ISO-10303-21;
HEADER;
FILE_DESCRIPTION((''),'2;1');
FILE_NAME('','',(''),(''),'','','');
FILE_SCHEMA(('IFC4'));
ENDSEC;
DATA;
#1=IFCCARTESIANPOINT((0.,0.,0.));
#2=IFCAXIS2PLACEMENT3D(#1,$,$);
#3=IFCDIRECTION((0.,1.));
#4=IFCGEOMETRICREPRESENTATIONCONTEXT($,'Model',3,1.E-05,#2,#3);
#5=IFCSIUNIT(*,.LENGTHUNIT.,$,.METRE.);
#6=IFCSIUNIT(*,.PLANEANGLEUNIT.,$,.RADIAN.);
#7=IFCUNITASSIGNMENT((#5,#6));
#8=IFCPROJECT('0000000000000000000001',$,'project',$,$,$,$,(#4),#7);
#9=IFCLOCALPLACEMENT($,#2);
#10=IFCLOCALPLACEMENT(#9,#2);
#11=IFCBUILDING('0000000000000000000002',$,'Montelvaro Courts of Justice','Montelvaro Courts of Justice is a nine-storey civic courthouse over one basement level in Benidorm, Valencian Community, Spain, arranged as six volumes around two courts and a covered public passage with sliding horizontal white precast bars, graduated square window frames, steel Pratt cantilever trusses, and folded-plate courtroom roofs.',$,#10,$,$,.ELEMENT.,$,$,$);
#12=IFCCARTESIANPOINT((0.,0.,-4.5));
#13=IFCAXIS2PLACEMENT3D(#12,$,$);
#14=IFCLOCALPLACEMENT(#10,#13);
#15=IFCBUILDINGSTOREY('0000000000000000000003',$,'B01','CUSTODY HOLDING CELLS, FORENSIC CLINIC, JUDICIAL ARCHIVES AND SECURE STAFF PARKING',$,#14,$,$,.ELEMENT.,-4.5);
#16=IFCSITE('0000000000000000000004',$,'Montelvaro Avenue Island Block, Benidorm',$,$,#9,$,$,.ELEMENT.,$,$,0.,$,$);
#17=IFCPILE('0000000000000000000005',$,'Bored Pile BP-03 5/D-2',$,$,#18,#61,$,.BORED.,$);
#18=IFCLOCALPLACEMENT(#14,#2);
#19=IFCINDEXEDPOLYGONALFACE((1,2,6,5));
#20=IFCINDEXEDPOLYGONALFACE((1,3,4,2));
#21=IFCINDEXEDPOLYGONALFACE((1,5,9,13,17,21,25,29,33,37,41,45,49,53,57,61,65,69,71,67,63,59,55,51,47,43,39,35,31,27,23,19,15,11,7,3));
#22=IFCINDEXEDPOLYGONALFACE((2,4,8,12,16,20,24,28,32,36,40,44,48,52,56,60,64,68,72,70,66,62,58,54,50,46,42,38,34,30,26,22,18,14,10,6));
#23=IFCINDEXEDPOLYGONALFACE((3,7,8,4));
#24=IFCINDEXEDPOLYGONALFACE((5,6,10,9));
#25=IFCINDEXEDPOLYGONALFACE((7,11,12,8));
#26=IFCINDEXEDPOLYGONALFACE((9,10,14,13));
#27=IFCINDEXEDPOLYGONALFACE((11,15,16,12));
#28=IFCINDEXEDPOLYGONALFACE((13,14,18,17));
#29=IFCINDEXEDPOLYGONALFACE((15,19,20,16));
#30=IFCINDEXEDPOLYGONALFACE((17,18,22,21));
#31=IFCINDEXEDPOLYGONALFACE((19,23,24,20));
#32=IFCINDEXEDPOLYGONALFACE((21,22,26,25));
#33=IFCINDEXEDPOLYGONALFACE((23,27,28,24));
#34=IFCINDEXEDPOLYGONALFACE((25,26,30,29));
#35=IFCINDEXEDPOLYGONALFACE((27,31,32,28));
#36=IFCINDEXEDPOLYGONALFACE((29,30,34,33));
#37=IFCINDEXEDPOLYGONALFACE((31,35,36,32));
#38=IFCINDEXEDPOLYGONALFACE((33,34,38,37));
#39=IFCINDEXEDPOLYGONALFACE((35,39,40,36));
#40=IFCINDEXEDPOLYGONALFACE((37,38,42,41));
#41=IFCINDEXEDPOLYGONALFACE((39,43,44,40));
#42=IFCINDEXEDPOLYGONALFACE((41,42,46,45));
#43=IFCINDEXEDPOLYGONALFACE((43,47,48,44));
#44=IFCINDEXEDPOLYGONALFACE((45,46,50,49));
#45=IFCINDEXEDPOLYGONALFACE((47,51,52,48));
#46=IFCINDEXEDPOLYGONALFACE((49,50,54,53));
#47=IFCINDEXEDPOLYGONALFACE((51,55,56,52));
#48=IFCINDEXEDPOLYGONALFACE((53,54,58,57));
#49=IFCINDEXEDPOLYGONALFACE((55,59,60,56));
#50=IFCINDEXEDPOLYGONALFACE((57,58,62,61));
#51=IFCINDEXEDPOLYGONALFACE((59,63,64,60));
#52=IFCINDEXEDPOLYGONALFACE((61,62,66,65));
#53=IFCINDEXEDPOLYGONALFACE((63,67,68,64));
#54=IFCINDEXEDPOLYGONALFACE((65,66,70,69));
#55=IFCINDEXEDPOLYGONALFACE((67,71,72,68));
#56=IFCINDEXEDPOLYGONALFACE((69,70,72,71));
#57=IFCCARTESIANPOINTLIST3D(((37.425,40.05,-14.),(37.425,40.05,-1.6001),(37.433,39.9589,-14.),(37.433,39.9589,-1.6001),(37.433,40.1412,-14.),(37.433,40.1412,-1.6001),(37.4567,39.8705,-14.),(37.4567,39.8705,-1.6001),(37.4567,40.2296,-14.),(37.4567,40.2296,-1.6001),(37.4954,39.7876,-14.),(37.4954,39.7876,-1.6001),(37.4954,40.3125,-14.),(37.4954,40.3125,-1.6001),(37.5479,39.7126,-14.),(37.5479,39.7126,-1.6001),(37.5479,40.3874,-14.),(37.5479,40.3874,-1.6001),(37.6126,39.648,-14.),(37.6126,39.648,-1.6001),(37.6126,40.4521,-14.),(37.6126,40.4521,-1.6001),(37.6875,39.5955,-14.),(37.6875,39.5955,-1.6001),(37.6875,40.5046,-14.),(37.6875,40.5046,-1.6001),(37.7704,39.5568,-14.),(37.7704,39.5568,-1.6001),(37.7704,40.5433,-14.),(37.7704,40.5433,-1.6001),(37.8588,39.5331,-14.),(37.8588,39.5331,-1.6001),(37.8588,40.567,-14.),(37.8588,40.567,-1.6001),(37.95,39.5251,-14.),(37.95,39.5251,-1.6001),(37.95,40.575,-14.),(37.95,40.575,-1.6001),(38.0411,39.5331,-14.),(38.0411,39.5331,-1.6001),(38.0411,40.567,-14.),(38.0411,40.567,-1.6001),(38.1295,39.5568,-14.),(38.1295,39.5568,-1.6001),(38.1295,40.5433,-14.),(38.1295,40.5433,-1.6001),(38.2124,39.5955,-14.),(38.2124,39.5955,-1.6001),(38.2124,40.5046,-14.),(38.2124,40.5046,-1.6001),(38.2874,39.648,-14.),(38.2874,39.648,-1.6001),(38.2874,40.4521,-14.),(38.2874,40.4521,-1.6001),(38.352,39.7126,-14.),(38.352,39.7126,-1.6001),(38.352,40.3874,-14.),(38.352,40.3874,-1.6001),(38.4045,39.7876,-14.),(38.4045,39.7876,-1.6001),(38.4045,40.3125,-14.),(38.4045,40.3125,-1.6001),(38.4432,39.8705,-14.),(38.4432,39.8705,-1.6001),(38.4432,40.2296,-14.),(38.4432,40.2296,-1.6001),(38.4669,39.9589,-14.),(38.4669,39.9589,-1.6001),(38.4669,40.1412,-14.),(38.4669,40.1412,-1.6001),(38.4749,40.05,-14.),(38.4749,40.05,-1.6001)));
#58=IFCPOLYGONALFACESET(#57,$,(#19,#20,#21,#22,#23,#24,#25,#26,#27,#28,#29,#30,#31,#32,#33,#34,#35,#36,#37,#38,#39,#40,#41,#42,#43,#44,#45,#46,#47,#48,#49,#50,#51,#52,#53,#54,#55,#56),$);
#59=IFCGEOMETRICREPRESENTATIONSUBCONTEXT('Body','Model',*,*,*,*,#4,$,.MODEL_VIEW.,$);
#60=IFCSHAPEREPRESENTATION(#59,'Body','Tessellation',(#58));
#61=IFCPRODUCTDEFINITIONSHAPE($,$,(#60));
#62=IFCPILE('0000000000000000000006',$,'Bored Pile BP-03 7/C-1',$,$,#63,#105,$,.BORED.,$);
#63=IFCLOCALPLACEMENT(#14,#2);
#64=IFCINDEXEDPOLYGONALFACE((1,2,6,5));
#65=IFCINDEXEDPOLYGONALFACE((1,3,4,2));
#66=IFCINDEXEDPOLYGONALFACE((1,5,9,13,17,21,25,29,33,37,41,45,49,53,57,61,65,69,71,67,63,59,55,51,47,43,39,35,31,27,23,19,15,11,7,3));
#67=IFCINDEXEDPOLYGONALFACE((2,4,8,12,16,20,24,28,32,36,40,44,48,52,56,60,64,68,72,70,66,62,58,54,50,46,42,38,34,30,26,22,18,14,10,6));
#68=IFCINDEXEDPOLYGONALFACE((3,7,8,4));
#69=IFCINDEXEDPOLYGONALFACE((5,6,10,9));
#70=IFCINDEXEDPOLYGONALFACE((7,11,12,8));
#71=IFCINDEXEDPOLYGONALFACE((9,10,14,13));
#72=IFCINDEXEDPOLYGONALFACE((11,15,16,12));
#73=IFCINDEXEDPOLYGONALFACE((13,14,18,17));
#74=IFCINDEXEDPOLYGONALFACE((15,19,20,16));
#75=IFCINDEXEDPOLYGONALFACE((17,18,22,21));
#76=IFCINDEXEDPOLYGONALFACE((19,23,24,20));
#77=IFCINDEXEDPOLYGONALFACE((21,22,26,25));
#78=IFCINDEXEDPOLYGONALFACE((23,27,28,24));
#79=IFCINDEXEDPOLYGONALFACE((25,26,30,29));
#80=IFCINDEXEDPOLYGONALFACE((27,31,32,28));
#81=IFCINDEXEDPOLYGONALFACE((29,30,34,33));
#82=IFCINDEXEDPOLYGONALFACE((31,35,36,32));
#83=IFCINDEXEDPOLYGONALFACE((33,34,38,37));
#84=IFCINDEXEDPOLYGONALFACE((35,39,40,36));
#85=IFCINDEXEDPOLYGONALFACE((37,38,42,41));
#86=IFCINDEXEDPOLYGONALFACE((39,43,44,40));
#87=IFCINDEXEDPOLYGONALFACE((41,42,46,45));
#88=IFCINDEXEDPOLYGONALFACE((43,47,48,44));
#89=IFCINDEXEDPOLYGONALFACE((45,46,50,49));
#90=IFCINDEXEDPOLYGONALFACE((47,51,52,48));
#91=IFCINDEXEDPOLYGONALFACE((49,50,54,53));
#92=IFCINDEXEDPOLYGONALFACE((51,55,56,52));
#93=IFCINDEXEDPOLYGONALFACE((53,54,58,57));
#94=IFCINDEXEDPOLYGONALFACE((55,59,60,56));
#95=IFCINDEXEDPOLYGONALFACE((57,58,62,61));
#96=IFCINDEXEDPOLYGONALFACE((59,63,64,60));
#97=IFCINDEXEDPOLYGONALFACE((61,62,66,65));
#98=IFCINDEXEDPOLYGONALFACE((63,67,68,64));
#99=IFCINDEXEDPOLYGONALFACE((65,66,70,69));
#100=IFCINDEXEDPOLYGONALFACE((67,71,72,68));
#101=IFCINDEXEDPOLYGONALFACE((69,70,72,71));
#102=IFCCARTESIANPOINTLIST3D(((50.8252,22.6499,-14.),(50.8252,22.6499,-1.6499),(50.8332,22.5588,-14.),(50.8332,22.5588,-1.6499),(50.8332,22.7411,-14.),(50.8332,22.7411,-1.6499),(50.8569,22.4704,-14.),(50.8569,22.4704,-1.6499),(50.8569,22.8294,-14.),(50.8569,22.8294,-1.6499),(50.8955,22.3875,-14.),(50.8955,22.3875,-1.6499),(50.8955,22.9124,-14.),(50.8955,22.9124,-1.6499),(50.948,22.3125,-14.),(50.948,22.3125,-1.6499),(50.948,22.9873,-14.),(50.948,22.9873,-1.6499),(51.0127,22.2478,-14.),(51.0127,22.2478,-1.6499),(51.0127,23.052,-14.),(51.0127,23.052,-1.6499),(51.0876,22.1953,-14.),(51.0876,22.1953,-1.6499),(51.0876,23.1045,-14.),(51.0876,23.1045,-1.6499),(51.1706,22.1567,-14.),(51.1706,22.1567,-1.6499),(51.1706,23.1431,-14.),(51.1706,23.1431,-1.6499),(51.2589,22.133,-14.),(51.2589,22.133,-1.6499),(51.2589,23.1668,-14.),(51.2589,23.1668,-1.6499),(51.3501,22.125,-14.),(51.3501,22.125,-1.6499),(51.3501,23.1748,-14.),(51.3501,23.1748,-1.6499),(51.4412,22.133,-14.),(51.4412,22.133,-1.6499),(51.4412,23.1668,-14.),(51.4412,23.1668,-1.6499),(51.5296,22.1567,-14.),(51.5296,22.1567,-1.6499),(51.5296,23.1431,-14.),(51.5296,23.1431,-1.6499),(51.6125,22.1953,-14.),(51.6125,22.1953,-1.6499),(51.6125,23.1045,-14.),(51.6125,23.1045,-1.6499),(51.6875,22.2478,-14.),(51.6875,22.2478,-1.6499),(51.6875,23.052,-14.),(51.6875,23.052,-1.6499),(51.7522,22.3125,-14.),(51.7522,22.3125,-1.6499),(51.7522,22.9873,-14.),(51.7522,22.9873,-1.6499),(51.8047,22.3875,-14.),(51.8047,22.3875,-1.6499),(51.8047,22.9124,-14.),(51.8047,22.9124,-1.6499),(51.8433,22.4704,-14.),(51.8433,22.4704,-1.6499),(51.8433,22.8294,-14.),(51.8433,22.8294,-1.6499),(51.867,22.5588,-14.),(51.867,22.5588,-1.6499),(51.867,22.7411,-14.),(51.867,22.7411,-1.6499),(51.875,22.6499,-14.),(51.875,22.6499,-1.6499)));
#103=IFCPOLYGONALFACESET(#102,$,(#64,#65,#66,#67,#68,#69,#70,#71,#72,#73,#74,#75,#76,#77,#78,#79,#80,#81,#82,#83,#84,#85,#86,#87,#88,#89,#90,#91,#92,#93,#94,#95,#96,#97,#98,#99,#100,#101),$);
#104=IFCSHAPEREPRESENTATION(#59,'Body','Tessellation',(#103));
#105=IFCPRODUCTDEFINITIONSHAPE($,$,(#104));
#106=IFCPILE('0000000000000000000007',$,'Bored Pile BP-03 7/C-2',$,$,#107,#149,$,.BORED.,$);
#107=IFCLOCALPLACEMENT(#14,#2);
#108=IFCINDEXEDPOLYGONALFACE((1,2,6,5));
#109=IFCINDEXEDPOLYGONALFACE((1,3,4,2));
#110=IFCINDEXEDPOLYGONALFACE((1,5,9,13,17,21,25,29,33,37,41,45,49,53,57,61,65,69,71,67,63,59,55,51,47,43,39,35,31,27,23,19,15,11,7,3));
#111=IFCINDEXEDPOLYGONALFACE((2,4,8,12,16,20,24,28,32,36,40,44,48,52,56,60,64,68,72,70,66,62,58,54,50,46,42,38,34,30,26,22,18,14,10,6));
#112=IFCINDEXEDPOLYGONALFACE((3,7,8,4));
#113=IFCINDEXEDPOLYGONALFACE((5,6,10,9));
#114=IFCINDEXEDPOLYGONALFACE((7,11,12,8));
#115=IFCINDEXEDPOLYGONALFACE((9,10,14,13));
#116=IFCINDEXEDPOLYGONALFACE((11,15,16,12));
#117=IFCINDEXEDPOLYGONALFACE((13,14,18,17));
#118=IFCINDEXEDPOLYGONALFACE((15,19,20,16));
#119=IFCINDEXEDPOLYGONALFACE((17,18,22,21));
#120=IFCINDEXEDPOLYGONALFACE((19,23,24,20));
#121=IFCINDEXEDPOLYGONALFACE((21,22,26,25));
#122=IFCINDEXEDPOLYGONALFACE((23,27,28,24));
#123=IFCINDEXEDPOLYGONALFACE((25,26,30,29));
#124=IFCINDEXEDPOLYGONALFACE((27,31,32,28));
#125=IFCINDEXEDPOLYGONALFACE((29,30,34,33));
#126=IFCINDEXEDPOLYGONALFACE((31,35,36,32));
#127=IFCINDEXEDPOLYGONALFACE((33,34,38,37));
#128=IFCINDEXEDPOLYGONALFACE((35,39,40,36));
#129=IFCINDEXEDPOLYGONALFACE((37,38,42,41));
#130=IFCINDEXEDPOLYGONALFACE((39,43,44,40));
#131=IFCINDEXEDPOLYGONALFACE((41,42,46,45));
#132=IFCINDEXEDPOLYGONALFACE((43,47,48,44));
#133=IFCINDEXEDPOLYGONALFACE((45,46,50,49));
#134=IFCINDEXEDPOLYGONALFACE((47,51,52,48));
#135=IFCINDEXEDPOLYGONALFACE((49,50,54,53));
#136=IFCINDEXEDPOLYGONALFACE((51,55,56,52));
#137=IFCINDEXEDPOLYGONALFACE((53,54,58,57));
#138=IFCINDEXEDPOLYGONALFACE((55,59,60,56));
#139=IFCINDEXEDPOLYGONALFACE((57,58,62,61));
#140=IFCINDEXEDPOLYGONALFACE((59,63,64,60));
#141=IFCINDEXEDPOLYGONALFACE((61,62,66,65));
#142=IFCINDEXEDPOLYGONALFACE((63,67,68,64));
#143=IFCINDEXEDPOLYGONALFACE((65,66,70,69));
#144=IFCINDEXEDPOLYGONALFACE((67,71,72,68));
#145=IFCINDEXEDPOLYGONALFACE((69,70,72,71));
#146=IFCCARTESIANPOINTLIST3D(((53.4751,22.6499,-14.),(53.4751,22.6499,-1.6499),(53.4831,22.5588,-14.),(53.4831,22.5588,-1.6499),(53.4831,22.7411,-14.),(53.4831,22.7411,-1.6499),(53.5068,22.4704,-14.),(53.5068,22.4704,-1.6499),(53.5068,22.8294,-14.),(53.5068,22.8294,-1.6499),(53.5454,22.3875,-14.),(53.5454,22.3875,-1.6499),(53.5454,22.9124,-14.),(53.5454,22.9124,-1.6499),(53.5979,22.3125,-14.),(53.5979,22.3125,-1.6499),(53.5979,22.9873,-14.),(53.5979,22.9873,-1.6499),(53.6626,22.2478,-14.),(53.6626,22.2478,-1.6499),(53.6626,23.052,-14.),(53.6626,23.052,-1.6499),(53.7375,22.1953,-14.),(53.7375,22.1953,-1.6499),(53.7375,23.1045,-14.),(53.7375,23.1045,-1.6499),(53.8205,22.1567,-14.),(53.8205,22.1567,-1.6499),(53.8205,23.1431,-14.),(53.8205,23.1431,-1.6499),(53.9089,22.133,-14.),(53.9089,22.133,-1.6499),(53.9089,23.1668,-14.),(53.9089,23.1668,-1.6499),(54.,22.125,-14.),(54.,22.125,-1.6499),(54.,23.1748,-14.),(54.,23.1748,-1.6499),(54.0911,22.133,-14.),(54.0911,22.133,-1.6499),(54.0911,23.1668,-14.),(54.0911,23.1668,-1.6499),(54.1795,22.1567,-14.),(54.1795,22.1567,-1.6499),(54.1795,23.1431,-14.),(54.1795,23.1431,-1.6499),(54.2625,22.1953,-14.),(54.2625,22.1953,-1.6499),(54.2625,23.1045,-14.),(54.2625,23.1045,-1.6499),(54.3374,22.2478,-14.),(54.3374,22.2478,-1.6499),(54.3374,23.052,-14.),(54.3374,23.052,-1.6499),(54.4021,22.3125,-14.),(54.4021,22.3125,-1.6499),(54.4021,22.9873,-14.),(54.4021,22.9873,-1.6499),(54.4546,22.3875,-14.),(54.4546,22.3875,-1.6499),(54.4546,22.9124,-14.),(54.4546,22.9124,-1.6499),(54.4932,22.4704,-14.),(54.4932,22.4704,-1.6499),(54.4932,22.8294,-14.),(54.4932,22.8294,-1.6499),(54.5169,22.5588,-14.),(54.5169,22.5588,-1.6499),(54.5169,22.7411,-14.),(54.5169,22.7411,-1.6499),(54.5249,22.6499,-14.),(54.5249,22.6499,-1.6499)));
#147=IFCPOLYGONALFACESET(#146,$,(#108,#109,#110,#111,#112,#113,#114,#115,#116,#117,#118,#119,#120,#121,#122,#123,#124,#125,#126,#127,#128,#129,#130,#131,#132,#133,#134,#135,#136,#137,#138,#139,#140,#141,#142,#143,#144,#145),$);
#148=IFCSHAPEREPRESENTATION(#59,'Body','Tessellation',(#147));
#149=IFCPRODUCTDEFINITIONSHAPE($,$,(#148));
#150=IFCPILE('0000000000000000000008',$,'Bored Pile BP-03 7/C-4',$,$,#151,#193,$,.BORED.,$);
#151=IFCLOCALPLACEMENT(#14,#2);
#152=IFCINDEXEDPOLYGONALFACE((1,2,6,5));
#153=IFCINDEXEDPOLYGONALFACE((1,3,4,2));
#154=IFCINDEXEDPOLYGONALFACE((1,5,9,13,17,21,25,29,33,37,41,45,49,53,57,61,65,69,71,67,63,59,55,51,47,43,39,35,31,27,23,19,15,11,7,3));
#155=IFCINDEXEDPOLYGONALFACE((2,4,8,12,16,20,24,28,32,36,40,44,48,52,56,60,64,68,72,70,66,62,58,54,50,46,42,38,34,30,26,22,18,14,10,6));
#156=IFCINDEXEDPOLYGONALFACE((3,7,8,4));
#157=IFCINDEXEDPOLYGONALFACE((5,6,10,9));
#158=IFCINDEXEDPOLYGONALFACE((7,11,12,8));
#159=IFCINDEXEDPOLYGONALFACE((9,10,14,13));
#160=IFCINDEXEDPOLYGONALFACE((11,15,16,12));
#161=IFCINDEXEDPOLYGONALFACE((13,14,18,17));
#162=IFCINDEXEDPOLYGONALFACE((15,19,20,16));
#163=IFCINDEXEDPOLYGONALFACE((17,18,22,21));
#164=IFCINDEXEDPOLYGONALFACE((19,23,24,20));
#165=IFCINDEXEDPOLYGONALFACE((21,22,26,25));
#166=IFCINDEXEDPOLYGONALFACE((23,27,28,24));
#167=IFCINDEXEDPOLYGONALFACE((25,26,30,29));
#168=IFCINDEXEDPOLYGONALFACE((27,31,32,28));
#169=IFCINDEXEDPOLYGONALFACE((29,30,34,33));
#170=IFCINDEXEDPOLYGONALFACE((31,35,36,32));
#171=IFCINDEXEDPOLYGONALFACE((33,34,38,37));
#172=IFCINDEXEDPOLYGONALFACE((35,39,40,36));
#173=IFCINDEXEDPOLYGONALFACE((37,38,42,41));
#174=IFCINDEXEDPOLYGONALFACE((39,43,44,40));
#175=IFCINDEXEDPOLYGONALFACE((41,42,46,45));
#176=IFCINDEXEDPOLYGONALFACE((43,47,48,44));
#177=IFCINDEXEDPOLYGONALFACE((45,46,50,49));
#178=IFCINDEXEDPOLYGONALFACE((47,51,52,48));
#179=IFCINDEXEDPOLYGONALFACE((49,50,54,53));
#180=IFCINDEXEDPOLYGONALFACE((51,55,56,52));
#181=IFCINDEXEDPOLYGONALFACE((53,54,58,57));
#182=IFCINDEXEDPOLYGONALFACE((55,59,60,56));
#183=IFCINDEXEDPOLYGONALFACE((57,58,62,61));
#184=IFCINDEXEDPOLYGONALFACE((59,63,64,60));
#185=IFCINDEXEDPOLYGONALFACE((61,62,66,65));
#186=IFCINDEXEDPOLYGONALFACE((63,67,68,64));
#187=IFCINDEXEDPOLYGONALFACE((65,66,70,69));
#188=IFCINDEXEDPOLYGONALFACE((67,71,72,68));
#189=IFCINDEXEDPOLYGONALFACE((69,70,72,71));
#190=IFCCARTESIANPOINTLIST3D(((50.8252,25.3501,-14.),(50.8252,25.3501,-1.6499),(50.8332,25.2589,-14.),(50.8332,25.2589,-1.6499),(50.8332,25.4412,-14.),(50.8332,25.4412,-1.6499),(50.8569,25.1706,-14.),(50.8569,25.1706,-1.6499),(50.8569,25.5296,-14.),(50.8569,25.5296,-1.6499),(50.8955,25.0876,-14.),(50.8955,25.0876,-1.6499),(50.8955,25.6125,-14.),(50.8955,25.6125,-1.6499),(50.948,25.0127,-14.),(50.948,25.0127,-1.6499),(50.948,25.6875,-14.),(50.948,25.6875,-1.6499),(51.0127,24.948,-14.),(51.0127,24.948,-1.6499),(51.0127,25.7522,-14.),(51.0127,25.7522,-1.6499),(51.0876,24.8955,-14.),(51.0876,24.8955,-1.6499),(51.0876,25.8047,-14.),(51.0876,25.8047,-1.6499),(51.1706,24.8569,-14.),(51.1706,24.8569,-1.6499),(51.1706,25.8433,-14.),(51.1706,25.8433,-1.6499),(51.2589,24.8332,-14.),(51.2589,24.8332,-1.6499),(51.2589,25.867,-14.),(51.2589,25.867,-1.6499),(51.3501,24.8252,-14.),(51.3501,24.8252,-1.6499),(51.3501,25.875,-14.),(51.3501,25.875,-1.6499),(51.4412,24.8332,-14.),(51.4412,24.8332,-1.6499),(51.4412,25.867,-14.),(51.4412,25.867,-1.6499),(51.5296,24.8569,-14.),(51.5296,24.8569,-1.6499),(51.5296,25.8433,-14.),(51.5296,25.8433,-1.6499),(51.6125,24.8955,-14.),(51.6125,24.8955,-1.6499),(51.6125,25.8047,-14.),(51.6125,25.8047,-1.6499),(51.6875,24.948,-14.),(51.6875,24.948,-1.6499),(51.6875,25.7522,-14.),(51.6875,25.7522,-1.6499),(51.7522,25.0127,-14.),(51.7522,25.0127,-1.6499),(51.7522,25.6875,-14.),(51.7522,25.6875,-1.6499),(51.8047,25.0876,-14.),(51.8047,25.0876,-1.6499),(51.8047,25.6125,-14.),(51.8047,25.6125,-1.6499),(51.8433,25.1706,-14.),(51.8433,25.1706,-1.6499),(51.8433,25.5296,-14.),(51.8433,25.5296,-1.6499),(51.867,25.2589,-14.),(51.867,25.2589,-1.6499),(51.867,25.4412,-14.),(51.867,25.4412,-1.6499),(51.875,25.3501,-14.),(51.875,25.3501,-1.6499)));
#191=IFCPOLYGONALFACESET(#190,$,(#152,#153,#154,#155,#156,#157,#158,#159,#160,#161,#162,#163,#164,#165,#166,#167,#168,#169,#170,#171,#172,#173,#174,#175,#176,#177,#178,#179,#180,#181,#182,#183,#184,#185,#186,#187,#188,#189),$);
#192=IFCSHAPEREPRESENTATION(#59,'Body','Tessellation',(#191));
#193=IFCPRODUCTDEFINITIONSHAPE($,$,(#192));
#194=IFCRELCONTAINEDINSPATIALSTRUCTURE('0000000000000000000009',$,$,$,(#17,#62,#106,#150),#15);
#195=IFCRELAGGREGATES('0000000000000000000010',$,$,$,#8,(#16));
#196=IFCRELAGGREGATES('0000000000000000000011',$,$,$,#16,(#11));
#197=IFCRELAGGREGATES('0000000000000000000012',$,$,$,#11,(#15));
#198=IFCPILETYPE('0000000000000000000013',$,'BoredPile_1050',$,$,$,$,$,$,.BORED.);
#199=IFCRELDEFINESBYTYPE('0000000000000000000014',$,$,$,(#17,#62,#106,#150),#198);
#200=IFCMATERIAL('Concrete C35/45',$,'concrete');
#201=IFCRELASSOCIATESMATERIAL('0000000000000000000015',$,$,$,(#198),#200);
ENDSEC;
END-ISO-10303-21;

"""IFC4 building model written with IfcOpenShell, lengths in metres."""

from ifc_helpers import new_model, si_unit, direction, frame, origin, origin_2d, place, context, subcontext, project, spatial, circle, extrude, material, material_profile, profile_set, type_object, element, save


model = new_model("IFC4")

# Units and contexts
model_context = context("Model", 3, precision=1e-05, world=origin(), true_north=direction((0.0, 1.0)))
body_context = subcontext(model_context, "Body", "Model", "MODEL_VIEW")
ifc_project = project(units=[si_unit("LENGTHUNIT", "METRE"), si_unit("PLANEANGLEUNIT", "RADIAN")], contexts=[model_context])

# Site, building, storey
site_placement = place(None, origin())
site = spatial("IfcSite", under=ifc_project, at=site_placement, Name="Montelvaro Avenue Island Block, Benidorm", CompositionType="ELEMENT", RefElevation=0.0)
building_placement = place(site_placement, origin())
building = spatial("IfcBuilding", under=site, at=building_placement, Name="Montelvaro Courts of Justice", Description="Montelvaro Courts of Justice is a nine-storey civic courthouse over one basement level in Benidorm, Valencian Community, Spain, arranged as six volumes around two courts and a covered public passage with sliding horizontal white precast bars, graduated square window frames, steel Pratt cantilever trusses, and folded-plate courtroom roofs.", CompositionType="ELEMENT")
storey_placement = place(building_placement, frame((0.0, 0.0, -4.5)))
storey = spatial("IfcBuildingStorey", under=building, at=storey_placement, Name="B01", Description="CUSTODY HOLDING CELLS, FORENSIC CLINIC, JUDICIAL ARCHIVES AND SECURE STAFF PARKING", CompositionType="ELEMENT", Elevation=-4.5)

# Piles
ifc_material_1 = material(Name="Concrete C35/45", Category="concrete")
ifc_material_profile_1 = material_profile(ifc_material_1, circle(Radius=0.5249, at=origin_2d()), Name="BORED PILE D1050")
ifc_profile_set_1 = profile_set([ifc_material_profile_1], Name="Concrete C35/45")
pile_type_1 = type_object("IfcPileType", Name="BoredPile_1050", PredefinedType="BORED", material=ifc_profile_set_1)
pile_placement = place(storey_placement, frame((37.95, 40.05, -1.6001), z_axis=(0.0, 0.0, -1.0), x_axis=(1.0, 0.0, 0.0)))
element("IfcPile", 1, at=pile_placement, inside=storey, type_object=pile_type_1, Name="Bored Pile BP-03 5/D-2", PredefinedType="BORED", context=body_context, shape_type="SweptSolid", body=[
    extrude(circle(Radius=0.5249, at=origin_2d()), origin(), (0.0, 0.0, 1.0), 12.3999),
])
for number, where, z_axis, x_axis, name in (
    (2, (51.3501, 22.6499, -1.6499), (0.0, 0.0, -1.0), (1.0, 0.0, 0.0), "Bored Pile BP-03 7/C-1"),
    (3, (54.0, 22.6499, -1.6499), (0.0, 0.0, -1.0), (1.0, 0.0, 0.0), "Bored Pile BP-03 7/C-2"),
    (4, (51.3501, 25.3501, -1.6499), (0.0, 0.0, -1.0), (1.0, 0.0, 0.0), "Bored Pile BP-03 7/C-4"),
):
    element("IfcPile", number, at=place(storey_placement, frame(where, z_axis=z_axis, x_axis=x_axis)), inside=storey, type_object=pile_type_1, Name=name, PredefinedType="BORED", context=body_context, shape_type="SweptSolid", body=[
        extrude(circle(Radius=0.5249, at=origin_2d()), origin(), (0.0, 0.0, 1.0), 12.3501),
    ])

save(model, "model.ifc")
